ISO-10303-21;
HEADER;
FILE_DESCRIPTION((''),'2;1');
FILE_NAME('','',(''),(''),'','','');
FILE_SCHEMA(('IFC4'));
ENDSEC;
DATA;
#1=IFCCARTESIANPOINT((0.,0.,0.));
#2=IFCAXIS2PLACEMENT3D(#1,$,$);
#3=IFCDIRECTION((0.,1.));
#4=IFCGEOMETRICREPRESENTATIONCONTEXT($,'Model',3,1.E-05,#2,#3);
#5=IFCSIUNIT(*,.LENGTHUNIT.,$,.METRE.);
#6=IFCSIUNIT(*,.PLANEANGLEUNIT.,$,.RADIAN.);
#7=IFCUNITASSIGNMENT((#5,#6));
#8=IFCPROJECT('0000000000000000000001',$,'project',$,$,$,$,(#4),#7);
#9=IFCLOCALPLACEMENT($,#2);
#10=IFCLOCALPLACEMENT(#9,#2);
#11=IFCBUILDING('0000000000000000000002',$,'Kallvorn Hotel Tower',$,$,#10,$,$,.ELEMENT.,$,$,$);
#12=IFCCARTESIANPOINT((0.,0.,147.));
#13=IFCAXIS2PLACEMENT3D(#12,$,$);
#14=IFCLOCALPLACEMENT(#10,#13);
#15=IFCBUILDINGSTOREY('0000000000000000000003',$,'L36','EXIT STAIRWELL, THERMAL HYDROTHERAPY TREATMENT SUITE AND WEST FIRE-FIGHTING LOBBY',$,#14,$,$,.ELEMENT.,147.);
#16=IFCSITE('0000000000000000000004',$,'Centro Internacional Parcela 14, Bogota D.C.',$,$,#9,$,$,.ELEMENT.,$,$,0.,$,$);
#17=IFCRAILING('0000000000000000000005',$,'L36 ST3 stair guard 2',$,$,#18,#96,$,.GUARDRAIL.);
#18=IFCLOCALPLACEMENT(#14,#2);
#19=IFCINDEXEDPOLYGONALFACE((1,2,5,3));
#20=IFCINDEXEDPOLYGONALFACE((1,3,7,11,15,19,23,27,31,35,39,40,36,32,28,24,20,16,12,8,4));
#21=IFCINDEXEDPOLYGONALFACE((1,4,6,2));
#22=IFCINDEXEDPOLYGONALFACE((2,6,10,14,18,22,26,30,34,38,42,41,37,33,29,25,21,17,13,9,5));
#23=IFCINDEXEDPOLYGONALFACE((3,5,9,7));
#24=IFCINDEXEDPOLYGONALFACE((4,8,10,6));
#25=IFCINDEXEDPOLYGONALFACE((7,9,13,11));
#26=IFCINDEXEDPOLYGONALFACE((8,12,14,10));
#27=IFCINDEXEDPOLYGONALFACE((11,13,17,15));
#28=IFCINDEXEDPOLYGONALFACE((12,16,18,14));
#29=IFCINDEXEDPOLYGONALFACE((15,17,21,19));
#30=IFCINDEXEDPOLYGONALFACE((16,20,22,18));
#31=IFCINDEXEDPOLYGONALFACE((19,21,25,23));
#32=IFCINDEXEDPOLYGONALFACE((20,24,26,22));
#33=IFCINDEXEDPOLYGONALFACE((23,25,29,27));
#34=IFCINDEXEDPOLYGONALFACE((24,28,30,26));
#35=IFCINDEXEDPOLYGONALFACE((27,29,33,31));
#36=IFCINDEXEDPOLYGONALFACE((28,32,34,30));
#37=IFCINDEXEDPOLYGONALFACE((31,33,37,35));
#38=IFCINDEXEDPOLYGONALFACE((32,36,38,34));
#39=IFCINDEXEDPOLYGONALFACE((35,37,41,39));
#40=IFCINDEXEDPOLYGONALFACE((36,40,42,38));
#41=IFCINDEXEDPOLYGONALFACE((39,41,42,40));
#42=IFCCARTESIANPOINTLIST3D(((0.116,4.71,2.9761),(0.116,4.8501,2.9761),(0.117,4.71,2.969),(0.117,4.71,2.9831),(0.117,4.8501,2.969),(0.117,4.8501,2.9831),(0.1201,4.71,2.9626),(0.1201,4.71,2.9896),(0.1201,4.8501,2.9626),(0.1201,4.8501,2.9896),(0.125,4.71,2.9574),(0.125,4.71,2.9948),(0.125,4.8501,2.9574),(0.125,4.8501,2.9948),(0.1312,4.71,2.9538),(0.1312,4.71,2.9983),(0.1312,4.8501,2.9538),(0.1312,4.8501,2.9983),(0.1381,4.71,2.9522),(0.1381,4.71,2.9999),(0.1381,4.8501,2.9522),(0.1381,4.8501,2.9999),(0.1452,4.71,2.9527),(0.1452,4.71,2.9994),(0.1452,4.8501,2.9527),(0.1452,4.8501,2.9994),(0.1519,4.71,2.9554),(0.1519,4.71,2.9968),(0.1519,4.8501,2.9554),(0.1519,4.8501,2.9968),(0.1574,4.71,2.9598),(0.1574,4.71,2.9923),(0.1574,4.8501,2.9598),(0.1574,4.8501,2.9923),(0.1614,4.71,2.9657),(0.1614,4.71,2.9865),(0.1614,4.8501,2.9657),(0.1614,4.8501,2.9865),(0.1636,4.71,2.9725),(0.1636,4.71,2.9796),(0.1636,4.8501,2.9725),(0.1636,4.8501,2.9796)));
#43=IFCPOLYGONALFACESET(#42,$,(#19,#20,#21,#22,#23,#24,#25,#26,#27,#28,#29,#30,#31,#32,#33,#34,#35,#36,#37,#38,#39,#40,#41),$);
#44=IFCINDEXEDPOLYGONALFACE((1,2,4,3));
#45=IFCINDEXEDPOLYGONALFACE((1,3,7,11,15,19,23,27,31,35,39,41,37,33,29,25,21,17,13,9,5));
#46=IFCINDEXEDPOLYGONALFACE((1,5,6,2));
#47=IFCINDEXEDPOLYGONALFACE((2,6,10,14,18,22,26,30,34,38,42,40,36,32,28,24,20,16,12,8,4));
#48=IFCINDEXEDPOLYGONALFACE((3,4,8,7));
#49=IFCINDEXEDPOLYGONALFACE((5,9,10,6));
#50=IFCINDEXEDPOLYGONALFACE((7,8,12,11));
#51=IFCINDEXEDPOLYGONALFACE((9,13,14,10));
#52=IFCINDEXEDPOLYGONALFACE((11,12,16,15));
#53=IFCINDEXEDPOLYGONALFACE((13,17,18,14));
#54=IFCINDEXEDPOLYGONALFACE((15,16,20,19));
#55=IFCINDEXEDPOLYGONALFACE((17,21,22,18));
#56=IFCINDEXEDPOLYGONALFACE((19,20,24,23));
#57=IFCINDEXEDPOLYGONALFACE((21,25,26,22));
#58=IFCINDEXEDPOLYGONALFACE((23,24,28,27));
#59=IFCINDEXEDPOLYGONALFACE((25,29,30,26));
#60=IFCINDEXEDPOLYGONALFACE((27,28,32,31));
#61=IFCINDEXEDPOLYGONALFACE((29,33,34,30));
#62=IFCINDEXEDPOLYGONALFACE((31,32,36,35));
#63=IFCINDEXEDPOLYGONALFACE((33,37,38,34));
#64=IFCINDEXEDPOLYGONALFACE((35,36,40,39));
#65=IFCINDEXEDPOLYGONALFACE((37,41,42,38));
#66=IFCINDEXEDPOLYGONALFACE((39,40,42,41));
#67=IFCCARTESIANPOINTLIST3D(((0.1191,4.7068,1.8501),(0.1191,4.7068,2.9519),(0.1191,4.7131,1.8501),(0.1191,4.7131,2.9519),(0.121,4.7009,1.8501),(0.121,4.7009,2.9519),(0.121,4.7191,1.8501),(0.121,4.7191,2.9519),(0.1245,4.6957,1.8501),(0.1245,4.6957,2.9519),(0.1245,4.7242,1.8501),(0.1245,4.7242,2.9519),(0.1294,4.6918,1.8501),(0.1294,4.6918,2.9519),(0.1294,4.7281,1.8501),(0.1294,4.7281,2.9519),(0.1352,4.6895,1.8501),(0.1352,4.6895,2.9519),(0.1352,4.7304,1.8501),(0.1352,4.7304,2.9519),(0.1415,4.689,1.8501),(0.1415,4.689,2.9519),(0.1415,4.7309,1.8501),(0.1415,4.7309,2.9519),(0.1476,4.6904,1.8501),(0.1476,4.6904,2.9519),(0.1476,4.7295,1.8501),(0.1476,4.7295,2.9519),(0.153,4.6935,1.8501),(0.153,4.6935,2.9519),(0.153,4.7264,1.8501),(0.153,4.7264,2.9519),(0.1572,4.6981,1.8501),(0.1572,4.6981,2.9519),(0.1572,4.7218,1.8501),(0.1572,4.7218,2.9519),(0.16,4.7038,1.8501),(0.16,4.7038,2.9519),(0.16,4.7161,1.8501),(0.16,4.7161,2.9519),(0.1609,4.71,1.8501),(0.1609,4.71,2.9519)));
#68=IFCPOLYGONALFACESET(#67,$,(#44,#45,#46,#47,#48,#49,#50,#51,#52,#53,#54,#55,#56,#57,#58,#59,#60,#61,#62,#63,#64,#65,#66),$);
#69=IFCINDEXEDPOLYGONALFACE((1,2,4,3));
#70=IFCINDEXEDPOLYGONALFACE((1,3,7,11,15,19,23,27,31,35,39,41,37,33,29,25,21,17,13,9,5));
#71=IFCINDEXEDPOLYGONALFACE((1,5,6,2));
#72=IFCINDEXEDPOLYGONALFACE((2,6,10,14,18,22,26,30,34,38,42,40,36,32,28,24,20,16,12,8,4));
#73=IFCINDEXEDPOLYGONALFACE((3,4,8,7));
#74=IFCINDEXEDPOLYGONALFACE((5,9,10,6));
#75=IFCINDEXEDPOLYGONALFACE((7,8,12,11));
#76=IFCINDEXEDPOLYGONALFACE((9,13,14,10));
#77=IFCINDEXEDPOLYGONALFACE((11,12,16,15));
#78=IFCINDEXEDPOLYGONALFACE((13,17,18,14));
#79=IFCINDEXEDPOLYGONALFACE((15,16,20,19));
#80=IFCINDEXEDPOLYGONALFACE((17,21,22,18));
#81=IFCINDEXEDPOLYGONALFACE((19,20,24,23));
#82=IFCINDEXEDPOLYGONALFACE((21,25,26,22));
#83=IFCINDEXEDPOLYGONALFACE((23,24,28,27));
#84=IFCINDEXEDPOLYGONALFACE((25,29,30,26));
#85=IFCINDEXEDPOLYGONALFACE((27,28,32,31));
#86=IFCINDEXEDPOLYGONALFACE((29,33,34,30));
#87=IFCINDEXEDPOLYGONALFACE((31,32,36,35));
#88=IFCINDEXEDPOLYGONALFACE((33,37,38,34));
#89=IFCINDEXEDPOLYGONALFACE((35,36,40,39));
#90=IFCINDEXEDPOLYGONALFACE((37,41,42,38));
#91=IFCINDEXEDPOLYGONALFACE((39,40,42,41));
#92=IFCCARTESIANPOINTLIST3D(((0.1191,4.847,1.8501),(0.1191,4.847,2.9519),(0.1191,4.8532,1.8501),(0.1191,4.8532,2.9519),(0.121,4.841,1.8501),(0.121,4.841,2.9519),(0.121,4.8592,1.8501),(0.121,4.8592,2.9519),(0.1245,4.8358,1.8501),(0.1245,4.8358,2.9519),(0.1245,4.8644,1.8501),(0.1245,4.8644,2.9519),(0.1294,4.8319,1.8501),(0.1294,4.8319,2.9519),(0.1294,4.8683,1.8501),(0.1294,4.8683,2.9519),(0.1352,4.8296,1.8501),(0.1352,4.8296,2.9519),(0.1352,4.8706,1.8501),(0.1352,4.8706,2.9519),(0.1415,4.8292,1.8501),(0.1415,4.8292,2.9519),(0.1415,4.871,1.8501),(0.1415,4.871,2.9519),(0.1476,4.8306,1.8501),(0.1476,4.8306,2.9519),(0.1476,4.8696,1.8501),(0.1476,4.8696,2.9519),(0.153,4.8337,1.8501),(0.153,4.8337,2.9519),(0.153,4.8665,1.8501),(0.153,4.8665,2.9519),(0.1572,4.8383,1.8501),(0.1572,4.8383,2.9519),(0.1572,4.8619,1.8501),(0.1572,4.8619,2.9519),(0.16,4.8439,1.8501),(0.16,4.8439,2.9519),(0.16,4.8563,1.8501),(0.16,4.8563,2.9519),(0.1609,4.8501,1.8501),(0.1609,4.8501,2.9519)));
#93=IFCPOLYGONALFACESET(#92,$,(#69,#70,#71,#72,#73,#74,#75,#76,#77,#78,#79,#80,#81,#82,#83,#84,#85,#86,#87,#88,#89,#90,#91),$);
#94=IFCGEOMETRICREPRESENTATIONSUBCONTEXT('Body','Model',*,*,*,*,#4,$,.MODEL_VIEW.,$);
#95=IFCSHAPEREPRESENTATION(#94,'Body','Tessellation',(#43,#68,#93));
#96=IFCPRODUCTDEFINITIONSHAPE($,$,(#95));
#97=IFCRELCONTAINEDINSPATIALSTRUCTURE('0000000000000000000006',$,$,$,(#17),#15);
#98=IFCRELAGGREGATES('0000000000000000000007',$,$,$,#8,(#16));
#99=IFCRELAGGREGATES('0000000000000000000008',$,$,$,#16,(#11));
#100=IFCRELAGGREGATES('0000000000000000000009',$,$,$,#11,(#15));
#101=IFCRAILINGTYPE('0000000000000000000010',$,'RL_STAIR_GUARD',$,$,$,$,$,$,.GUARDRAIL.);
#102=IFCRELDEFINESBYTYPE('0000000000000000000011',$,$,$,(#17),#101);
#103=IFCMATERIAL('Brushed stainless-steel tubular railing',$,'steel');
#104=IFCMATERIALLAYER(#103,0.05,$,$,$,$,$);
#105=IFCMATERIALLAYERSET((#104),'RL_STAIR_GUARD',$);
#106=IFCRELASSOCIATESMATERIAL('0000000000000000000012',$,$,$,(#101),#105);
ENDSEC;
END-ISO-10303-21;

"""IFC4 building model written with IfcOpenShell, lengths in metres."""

from ifc_helpers import new_model, si_unit, direction, frame, origin, origin_2d, place, context, subcontext, project, spatial, circle, extrude, material, layer, layer_set, type_object, element, save


model = new_model("IFC4")

# Units and contexts
model_context = context("Model", 3, precision=1e-05, world=origin(), true_north=direction((0.0, 1.0)))
body_context = subcontext(model_context, "Body", "Model", "MODEL_VIEW")
ifc_project = project(units=[si_unit("LENGTHUNIT", "METRE"), si_unit("PLANEANGLEUNIT", "RADIAN")], contexts=[model_context])

# Site, building, storey
site_placement = place(None, origin())
site = spatial("IfcSite", under=ifc_project, at=site_placement, Name="Centro Internacional Parcela 14, Bogota D.C.", CompositionType="ELEMENT", RefElevation=0.0)
building_placement = place(site_placement, origin())
building = spatial("IfcBuilding", under=site, at=building_placement, Name="Kallvorn Hotel Tower", CompositionType="ELEMENT")
storey_placement = place(building_placement, frame((0.0, 0.0, 147.0)))
storey = spatial("IfcBuildingStorey", under=building, at=storey_placement, Name="L36", Description="EXIT STAIRWELL, THERMAL HYDROTHERAPY TREATMENT SUITE AND WEST FIRE-FIGHTING LOBBY", CompositionType="ELEMENT", Elevation=147.0)

# Railing
ifc_material_1 = material(Name="Brushed stainless-steel tubular railing", Category="steel")
ifc_layer_1 = layer(ifc_material_1, 0.05)
ifc_layer_set_1 = layer_set([ifc_layer_1], Name="RL_STAIR_GUARD")
railing_type_1 = type_object("IfcRailingType", Name="RL_STAIR_GUARD", PredefinedType="GUARDRAIL", material=ifc_layer_set_1)
railing_1_placement = place(storey_placement, frame((0.1399, 4.71, 1.8501)))
element("IfcRailing", 1, at=railing_1_placement, inside=storey, type_object=railing_type_1, Name="L36 ST3 stair guard 2", PredefinedType="GUARDRAIL", context=body_context, shape_type="SweptSolid", body=[
    extrude(circle(Radius=0.0239, at=origin_2d()), frame((0.0, 0.0, 1.126), z_axis=(0.0, 1.0, 0.0), x_axis=(-1.0, 0.0, 0.0)), (0.0, 0.0, 1.0), 0.1401),
    extrude(circle(Radius=0.021, at=origin_2d()), origin(), (0.0, 0.0, 1.0), 1.1018),
    extrude(circle(Radius=0.021, at=origin_2d()), frame((0.0, 0.1401, 0.0)), (0.0, 0.0, 1.0), 1.1018),
])

save(model, "model.ifc")
